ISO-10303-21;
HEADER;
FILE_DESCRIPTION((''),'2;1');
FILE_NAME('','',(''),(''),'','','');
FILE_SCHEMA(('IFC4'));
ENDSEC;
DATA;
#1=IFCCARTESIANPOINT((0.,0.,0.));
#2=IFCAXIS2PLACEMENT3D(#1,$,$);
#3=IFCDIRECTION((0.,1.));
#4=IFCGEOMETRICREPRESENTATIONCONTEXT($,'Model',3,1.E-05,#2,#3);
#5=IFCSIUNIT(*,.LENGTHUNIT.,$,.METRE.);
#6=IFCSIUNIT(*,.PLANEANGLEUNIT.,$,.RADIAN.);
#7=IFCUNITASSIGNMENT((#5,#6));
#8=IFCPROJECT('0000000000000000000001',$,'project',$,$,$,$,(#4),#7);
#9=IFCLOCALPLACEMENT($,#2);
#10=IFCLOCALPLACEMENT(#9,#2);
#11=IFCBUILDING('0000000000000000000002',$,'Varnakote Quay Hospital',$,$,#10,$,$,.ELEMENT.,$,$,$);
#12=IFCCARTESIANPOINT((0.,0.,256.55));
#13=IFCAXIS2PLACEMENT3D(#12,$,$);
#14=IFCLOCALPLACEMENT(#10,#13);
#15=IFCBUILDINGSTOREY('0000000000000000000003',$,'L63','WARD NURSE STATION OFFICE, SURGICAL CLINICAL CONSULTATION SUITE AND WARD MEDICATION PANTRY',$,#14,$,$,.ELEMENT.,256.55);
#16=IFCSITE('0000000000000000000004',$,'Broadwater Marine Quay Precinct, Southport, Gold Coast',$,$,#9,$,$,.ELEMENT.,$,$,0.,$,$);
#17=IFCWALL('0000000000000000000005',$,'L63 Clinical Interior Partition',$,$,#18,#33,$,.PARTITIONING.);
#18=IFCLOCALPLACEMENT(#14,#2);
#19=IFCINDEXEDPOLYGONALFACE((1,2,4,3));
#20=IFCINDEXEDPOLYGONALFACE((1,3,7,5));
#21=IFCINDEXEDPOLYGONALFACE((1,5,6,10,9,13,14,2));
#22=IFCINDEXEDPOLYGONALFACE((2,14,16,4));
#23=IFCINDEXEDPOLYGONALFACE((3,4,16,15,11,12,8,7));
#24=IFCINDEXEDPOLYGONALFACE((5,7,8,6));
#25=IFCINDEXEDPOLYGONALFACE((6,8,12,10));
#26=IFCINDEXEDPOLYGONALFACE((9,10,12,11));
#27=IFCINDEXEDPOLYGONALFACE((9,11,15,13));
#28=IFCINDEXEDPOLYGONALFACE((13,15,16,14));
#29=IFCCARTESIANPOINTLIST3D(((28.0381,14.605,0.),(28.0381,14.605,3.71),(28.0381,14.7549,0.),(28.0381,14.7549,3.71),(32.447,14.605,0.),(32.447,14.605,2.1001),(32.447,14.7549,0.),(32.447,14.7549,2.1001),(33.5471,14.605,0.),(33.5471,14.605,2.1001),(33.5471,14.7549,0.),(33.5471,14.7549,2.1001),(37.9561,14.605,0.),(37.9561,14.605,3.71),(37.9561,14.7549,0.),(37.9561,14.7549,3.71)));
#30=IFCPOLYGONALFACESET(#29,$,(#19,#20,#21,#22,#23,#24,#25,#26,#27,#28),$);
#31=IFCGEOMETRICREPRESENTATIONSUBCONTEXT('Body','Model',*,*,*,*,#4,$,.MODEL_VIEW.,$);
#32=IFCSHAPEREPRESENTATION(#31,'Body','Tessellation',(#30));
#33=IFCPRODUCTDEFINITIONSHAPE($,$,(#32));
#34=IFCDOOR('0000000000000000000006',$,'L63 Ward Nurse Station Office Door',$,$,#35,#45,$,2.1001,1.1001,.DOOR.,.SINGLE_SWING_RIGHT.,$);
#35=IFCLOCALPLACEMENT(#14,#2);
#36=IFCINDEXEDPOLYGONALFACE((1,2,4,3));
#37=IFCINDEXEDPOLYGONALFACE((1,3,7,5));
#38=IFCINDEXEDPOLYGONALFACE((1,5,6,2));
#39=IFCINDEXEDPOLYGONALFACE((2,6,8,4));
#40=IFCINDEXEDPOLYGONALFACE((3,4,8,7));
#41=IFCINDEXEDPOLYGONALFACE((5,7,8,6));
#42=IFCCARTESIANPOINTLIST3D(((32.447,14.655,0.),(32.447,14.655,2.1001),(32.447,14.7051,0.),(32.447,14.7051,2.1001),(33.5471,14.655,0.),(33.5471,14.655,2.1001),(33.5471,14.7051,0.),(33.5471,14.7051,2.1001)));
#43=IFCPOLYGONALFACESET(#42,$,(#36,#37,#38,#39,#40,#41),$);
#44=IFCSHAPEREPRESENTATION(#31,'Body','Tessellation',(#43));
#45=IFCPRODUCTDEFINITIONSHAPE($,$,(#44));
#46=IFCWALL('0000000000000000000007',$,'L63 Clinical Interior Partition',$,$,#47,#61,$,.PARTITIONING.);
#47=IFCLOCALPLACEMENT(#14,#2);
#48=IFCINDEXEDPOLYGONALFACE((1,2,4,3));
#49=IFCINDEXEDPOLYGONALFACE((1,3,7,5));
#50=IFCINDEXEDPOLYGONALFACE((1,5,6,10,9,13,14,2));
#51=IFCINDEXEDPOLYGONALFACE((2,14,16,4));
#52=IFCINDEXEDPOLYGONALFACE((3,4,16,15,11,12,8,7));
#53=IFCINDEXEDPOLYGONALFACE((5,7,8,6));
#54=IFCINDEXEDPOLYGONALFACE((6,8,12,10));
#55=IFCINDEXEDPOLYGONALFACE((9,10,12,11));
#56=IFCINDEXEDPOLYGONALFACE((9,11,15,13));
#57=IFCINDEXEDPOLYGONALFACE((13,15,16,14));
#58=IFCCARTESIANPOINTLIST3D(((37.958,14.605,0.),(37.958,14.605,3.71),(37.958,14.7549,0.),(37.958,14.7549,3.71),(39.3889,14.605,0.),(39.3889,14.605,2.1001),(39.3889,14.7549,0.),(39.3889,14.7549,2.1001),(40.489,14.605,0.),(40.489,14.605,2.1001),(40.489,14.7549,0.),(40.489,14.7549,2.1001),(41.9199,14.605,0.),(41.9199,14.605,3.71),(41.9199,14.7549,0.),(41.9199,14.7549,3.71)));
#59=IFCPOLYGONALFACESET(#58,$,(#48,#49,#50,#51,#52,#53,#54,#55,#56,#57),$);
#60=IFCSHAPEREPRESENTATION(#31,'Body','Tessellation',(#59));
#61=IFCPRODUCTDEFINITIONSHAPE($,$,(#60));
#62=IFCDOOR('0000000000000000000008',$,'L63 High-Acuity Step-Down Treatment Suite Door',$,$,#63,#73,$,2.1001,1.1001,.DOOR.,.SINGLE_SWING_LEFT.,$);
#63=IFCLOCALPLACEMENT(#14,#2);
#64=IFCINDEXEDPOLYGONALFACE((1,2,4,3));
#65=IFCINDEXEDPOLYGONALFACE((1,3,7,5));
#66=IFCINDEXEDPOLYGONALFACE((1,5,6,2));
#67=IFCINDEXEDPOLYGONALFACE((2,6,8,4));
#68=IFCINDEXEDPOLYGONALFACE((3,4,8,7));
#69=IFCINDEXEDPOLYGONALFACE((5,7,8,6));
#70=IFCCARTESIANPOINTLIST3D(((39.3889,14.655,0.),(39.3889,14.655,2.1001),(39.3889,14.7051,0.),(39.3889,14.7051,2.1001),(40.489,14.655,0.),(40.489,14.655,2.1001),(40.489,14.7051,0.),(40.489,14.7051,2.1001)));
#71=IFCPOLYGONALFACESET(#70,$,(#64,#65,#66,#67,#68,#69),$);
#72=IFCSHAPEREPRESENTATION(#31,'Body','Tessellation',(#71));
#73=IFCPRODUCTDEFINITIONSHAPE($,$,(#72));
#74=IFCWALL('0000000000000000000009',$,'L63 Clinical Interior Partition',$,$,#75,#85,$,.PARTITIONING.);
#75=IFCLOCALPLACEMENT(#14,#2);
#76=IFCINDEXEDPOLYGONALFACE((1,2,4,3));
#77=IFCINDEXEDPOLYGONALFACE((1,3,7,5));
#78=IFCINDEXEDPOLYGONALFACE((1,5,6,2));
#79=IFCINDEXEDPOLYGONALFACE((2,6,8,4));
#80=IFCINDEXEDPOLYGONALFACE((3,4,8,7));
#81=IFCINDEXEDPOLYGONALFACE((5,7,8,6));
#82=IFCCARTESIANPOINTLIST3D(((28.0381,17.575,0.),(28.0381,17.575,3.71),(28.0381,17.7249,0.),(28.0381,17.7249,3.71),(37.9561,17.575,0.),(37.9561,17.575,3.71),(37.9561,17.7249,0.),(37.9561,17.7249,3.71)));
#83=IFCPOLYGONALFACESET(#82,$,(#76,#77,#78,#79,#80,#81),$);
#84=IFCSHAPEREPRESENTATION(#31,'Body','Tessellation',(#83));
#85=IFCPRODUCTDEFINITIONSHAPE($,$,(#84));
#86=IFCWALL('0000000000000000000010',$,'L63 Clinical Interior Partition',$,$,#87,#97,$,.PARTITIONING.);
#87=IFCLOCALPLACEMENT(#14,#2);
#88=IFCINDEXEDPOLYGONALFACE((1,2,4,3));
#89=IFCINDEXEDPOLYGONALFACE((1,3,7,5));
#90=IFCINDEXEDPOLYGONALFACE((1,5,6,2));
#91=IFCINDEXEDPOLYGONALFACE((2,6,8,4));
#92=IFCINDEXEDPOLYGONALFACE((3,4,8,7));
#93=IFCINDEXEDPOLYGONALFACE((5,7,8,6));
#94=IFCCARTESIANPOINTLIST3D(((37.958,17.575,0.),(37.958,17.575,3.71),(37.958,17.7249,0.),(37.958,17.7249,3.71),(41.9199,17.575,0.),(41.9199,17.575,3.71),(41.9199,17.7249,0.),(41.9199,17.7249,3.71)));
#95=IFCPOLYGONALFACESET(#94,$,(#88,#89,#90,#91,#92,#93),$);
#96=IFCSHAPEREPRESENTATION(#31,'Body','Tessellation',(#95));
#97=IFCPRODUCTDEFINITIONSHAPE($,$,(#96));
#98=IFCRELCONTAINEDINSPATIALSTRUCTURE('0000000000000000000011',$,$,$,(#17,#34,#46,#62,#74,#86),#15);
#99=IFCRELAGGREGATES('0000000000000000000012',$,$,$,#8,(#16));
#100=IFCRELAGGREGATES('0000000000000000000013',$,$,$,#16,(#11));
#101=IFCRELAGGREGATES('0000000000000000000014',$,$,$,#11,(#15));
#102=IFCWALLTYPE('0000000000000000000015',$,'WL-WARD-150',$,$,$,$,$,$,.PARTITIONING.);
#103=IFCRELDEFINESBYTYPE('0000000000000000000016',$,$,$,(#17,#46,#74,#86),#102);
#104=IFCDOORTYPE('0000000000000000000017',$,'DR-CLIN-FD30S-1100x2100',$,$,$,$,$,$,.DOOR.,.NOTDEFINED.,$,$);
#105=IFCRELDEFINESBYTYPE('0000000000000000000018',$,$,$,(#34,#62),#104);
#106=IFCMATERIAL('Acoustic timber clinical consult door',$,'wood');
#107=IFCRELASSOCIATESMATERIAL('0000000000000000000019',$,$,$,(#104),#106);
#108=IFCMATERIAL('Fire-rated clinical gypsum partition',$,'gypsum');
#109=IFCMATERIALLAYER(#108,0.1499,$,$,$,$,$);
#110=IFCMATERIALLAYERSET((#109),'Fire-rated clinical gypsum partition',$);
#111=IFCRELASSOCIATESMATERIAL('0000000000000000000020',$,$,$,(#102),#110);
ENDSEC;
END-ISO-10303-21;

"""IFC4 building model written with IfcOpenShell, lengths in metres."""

from ifc_helpers import new_model, si_unit, direction, frame, frame_2d, origin, place, context, subcontext, project, spatial, rectangle, extrude, material, layer, layer_set, type_object, element, fill, save


model = new_model("IFC4")

# Units and contexts
model_context = context("Model", 3, precision=1e-05, world=origin(), true_north=direction((0.0, 1.0)))
body_context = subcontext(model_context, "Body", "Model", "MODEL_VIEW")
ifc_project = project(units=[si_unit("LENGTHUNIT", "METRE"), si_unit("PLANEANGLEUNIT", "RADIAN")], contexts=[model_context])

# Site, building, storey
site_placement = place(None, origin())
site = spatial("IfcSite", under=ifc_project, at=site_placement, Name="Broadwater Marine Quay Precinct, Southport, Gold Coast", CompositionType="ELEMENT", RefElevation=0.0)
building_placement = place(site_placement, origin())
building = spatial("IfcBuilding", under=site, at=building_placement, Name="Varnakote Quay Hospital", CompositionType="ELEMENT")
storey_placement = place(building_placement, frame((0.0, 0.0, 256.55)))
storey = spatial("IfcBuildingStorey", under=building, at=storey_placement, Name="L63", Description="WARD NURSE STATION OFFICE, SURGICAL CLINICAL CONSULTATION SUITE AND WARD MEDICATION PANTRY", CompositionType="ELEMENT", Elevation=256.55)

# Walls, openings, doors
ifc_material_1 = material(Name="Acoustic timber clinical consult door", Category="wood")
door_type = type_object("IfcDoorType", Name="DR-CLIN-FD30S-1100x2100", OperationType="NOTDEFINED", PredefinedType="DOOR", material=ifc_material_1)
ifc_material_2 = material(Name="Fire-rated clinical gypsum partition", Category="gypsum")
ifc_layer_1 = layer(ifc_material_2, 0.1499)
ifc_layer_set_1 = layer_set([ifc_layer_1], Name="Fire-rated clinical gypsum partition")
wall_type_1 = type_object("IfcWallType", Name="WL-WARD-150", PredefinedType="PARTITIONING", material=ifc_layer_set_1)
wall_1_placement = place(storey_placement, frame((37.9561, 14.6799, 0.0), z_axis=(0.0, 0.0, 1.0), x_axis=(-1.0, 0.0, 0.0)))
wall_1 = element("IfcWall", 1, at=wall_1_placement, inside=storey, type_object=wall_type_1, Name="L63 Clinical Interior Partition", PredefinedType="PARTITIONING", context=body_context, shape_type="SweptSolid", body=[
    extrude(rectangle(XDim=9.918, YDim=0.1499, at=frame_2d((4.959, 0.0))), origin(), (0.0, 0.0, 1.0), 3.71),
])
opening_1_placement = place(wall_1_placement, frame((4.4089, 0.0, 0.0)))
opening_1 = element("IfcOpeningElement", 2, at=opening_1_placement, cuts=wall_1, PredefinedType="OPENING", context=body_context, shape_type="SweptSolid", body=[
    extrude(rectangle(XDim=1.1001, YDim=2.1001, at=frame_2d((0.55, 1.05))), frame((0.0, 0.085, 0.0), z_axis=(0.0, -1.0, 0.0), x_axis=(1.0, 0.0, 0.0)), (0.0, 0.0, 1.0), 0.1699),
])
door_1_placement = place(opening_1_placement, origin())
door_1 = element("IfcDoor", 3, at=door_1_placement, inside=storey, type_object=door_type, Name="L63 Ward Nurse Station Office Door", OperationType="SINGLE_SWING_RIGHT", OverallHeight=2.1001, OverallWidth=1.1001, PredefinedType="DOOR", context=body_context, shape_type="SweptSolid", body=[
    extrude(rectangle(XDim=1.1001, YDim=2.1001, at=frame_2d((0.55, 1.05))), frame((0.0, 0.0249, 0.0), z_axis=(0.0, -1.0, 0.0), x_axis=(1.0, 0.0, 0.0)), (0.0, 0.0, 1.0), 0.05),
])
fill(opening_1, door_1)
wall_2_placement = place(storey_placement, frame((41.9199, 14.6799, 0.0), z_axis=(0.0, 0.0, 1.0), x_axis=(-1.0, 0.0, 0.0)))
wall_2 = element("IfcWall", 4, at=wall_2_placement, inside=storey, type_object=wall_type_1, Name="L63 Clinical Interior Partition", PredefinedType="PARTITIONING", context=body_context, shape_type="SweptSolid", body=[
    extrude(rectangle(XDim=3.9619, YDim=0.1499, at=frame_2d((1.981, 0.0))), origin(), (0.0, 0.0, 1.0), 3.71),
])
opening_2_placement = place(wall_2_placement, frame((1.4309, 0.0, 0.0)))
opening_2 = element("IfcOpeningElement", 5, at=opening_2_placement, cuts=wall_2, PredefinedType="OPENING", context=body_context, shape_type="SweptSolid", body=[
    extrude(rectangle(XDim=1.1001, YDim=2.1001, at=frame_2d((0.55, 1.05))), frame((0.0, 0.085, 0.0), z_axis=(0.0, -1.0, 0.0), x_axis=(1.0, 0.0, 0.0)), (0.0, 0.0, 1.0), 0.1699),
])
door_2_placement = place(opening_2_placement, origin())
door_2 = element("IfcDoor", 6, at=door_2_placement, inside=storey, type_object=door_type, Name="L63 High-Acuity Step-Down Treatment Suite Door", OperationType="SINGLE_SWING_LEFT", OverallHeight=2.1001, OverallWidth=1.1001, PredefinedType="DOOR", context=body_context, shape_type="SweptSolid", body=[
    extrude(rectangle(XDim=1.1001, YDim=2.1001, at=frame_2d((0.55, 1.05))), frame((0.0, 0.0249, 0.0), z_axis=(0.0, -1.0, 0.0), x_axis=(1.0, 0.0, 0.0)), (0.0, 0.0, 1.0), 0.05),
])
fill(opening_2, door_2)

# Walls
wall_3_placement = place(storey_placement, frame((28.0381, 17.6499, 0.0), z_axis=(0.0, 0.0, 1.0), x_axis=(1.0, 0.0, 0.0)))
element("IfcWall", 7, at=wall_3_placement, inside=storey, type_object=wall_type_1, Name="L63 Clinical Interior Partition", PredefinedType="PARTITIONING", context=body_context, shape_type="SweptSolid", body=[
    extrude(rectangle(XDim=9.918, YDim=0.1499, at=frame_2d((4.959, 0.0))), origin(), (0.0, 0.0, 1.0), 3.71),
])
wall_4_placement = place(storey_placement, frame((37.958, 17.6499, 0.0), z_axis=(0.0, 0.0, 1.0), x_axis=(1.0, 0.0, 0.0)))
element("IfcWall", 8, at=wall_4_placement, inside=storey, type_object=wall_type_1, Name="L63 Clinical Interior Partition", PredefinedType="PARTITIONING", context=body_context, shape_type="SweptSolid", body=[
    extrude(rectangle(XDim=3.9619, YDim=0.1499, at=frame_2d((1.981, 0.0))), origin(), (0.0, 0.0, 1.0), 3.71),
])

save(model, "model.ifc")
